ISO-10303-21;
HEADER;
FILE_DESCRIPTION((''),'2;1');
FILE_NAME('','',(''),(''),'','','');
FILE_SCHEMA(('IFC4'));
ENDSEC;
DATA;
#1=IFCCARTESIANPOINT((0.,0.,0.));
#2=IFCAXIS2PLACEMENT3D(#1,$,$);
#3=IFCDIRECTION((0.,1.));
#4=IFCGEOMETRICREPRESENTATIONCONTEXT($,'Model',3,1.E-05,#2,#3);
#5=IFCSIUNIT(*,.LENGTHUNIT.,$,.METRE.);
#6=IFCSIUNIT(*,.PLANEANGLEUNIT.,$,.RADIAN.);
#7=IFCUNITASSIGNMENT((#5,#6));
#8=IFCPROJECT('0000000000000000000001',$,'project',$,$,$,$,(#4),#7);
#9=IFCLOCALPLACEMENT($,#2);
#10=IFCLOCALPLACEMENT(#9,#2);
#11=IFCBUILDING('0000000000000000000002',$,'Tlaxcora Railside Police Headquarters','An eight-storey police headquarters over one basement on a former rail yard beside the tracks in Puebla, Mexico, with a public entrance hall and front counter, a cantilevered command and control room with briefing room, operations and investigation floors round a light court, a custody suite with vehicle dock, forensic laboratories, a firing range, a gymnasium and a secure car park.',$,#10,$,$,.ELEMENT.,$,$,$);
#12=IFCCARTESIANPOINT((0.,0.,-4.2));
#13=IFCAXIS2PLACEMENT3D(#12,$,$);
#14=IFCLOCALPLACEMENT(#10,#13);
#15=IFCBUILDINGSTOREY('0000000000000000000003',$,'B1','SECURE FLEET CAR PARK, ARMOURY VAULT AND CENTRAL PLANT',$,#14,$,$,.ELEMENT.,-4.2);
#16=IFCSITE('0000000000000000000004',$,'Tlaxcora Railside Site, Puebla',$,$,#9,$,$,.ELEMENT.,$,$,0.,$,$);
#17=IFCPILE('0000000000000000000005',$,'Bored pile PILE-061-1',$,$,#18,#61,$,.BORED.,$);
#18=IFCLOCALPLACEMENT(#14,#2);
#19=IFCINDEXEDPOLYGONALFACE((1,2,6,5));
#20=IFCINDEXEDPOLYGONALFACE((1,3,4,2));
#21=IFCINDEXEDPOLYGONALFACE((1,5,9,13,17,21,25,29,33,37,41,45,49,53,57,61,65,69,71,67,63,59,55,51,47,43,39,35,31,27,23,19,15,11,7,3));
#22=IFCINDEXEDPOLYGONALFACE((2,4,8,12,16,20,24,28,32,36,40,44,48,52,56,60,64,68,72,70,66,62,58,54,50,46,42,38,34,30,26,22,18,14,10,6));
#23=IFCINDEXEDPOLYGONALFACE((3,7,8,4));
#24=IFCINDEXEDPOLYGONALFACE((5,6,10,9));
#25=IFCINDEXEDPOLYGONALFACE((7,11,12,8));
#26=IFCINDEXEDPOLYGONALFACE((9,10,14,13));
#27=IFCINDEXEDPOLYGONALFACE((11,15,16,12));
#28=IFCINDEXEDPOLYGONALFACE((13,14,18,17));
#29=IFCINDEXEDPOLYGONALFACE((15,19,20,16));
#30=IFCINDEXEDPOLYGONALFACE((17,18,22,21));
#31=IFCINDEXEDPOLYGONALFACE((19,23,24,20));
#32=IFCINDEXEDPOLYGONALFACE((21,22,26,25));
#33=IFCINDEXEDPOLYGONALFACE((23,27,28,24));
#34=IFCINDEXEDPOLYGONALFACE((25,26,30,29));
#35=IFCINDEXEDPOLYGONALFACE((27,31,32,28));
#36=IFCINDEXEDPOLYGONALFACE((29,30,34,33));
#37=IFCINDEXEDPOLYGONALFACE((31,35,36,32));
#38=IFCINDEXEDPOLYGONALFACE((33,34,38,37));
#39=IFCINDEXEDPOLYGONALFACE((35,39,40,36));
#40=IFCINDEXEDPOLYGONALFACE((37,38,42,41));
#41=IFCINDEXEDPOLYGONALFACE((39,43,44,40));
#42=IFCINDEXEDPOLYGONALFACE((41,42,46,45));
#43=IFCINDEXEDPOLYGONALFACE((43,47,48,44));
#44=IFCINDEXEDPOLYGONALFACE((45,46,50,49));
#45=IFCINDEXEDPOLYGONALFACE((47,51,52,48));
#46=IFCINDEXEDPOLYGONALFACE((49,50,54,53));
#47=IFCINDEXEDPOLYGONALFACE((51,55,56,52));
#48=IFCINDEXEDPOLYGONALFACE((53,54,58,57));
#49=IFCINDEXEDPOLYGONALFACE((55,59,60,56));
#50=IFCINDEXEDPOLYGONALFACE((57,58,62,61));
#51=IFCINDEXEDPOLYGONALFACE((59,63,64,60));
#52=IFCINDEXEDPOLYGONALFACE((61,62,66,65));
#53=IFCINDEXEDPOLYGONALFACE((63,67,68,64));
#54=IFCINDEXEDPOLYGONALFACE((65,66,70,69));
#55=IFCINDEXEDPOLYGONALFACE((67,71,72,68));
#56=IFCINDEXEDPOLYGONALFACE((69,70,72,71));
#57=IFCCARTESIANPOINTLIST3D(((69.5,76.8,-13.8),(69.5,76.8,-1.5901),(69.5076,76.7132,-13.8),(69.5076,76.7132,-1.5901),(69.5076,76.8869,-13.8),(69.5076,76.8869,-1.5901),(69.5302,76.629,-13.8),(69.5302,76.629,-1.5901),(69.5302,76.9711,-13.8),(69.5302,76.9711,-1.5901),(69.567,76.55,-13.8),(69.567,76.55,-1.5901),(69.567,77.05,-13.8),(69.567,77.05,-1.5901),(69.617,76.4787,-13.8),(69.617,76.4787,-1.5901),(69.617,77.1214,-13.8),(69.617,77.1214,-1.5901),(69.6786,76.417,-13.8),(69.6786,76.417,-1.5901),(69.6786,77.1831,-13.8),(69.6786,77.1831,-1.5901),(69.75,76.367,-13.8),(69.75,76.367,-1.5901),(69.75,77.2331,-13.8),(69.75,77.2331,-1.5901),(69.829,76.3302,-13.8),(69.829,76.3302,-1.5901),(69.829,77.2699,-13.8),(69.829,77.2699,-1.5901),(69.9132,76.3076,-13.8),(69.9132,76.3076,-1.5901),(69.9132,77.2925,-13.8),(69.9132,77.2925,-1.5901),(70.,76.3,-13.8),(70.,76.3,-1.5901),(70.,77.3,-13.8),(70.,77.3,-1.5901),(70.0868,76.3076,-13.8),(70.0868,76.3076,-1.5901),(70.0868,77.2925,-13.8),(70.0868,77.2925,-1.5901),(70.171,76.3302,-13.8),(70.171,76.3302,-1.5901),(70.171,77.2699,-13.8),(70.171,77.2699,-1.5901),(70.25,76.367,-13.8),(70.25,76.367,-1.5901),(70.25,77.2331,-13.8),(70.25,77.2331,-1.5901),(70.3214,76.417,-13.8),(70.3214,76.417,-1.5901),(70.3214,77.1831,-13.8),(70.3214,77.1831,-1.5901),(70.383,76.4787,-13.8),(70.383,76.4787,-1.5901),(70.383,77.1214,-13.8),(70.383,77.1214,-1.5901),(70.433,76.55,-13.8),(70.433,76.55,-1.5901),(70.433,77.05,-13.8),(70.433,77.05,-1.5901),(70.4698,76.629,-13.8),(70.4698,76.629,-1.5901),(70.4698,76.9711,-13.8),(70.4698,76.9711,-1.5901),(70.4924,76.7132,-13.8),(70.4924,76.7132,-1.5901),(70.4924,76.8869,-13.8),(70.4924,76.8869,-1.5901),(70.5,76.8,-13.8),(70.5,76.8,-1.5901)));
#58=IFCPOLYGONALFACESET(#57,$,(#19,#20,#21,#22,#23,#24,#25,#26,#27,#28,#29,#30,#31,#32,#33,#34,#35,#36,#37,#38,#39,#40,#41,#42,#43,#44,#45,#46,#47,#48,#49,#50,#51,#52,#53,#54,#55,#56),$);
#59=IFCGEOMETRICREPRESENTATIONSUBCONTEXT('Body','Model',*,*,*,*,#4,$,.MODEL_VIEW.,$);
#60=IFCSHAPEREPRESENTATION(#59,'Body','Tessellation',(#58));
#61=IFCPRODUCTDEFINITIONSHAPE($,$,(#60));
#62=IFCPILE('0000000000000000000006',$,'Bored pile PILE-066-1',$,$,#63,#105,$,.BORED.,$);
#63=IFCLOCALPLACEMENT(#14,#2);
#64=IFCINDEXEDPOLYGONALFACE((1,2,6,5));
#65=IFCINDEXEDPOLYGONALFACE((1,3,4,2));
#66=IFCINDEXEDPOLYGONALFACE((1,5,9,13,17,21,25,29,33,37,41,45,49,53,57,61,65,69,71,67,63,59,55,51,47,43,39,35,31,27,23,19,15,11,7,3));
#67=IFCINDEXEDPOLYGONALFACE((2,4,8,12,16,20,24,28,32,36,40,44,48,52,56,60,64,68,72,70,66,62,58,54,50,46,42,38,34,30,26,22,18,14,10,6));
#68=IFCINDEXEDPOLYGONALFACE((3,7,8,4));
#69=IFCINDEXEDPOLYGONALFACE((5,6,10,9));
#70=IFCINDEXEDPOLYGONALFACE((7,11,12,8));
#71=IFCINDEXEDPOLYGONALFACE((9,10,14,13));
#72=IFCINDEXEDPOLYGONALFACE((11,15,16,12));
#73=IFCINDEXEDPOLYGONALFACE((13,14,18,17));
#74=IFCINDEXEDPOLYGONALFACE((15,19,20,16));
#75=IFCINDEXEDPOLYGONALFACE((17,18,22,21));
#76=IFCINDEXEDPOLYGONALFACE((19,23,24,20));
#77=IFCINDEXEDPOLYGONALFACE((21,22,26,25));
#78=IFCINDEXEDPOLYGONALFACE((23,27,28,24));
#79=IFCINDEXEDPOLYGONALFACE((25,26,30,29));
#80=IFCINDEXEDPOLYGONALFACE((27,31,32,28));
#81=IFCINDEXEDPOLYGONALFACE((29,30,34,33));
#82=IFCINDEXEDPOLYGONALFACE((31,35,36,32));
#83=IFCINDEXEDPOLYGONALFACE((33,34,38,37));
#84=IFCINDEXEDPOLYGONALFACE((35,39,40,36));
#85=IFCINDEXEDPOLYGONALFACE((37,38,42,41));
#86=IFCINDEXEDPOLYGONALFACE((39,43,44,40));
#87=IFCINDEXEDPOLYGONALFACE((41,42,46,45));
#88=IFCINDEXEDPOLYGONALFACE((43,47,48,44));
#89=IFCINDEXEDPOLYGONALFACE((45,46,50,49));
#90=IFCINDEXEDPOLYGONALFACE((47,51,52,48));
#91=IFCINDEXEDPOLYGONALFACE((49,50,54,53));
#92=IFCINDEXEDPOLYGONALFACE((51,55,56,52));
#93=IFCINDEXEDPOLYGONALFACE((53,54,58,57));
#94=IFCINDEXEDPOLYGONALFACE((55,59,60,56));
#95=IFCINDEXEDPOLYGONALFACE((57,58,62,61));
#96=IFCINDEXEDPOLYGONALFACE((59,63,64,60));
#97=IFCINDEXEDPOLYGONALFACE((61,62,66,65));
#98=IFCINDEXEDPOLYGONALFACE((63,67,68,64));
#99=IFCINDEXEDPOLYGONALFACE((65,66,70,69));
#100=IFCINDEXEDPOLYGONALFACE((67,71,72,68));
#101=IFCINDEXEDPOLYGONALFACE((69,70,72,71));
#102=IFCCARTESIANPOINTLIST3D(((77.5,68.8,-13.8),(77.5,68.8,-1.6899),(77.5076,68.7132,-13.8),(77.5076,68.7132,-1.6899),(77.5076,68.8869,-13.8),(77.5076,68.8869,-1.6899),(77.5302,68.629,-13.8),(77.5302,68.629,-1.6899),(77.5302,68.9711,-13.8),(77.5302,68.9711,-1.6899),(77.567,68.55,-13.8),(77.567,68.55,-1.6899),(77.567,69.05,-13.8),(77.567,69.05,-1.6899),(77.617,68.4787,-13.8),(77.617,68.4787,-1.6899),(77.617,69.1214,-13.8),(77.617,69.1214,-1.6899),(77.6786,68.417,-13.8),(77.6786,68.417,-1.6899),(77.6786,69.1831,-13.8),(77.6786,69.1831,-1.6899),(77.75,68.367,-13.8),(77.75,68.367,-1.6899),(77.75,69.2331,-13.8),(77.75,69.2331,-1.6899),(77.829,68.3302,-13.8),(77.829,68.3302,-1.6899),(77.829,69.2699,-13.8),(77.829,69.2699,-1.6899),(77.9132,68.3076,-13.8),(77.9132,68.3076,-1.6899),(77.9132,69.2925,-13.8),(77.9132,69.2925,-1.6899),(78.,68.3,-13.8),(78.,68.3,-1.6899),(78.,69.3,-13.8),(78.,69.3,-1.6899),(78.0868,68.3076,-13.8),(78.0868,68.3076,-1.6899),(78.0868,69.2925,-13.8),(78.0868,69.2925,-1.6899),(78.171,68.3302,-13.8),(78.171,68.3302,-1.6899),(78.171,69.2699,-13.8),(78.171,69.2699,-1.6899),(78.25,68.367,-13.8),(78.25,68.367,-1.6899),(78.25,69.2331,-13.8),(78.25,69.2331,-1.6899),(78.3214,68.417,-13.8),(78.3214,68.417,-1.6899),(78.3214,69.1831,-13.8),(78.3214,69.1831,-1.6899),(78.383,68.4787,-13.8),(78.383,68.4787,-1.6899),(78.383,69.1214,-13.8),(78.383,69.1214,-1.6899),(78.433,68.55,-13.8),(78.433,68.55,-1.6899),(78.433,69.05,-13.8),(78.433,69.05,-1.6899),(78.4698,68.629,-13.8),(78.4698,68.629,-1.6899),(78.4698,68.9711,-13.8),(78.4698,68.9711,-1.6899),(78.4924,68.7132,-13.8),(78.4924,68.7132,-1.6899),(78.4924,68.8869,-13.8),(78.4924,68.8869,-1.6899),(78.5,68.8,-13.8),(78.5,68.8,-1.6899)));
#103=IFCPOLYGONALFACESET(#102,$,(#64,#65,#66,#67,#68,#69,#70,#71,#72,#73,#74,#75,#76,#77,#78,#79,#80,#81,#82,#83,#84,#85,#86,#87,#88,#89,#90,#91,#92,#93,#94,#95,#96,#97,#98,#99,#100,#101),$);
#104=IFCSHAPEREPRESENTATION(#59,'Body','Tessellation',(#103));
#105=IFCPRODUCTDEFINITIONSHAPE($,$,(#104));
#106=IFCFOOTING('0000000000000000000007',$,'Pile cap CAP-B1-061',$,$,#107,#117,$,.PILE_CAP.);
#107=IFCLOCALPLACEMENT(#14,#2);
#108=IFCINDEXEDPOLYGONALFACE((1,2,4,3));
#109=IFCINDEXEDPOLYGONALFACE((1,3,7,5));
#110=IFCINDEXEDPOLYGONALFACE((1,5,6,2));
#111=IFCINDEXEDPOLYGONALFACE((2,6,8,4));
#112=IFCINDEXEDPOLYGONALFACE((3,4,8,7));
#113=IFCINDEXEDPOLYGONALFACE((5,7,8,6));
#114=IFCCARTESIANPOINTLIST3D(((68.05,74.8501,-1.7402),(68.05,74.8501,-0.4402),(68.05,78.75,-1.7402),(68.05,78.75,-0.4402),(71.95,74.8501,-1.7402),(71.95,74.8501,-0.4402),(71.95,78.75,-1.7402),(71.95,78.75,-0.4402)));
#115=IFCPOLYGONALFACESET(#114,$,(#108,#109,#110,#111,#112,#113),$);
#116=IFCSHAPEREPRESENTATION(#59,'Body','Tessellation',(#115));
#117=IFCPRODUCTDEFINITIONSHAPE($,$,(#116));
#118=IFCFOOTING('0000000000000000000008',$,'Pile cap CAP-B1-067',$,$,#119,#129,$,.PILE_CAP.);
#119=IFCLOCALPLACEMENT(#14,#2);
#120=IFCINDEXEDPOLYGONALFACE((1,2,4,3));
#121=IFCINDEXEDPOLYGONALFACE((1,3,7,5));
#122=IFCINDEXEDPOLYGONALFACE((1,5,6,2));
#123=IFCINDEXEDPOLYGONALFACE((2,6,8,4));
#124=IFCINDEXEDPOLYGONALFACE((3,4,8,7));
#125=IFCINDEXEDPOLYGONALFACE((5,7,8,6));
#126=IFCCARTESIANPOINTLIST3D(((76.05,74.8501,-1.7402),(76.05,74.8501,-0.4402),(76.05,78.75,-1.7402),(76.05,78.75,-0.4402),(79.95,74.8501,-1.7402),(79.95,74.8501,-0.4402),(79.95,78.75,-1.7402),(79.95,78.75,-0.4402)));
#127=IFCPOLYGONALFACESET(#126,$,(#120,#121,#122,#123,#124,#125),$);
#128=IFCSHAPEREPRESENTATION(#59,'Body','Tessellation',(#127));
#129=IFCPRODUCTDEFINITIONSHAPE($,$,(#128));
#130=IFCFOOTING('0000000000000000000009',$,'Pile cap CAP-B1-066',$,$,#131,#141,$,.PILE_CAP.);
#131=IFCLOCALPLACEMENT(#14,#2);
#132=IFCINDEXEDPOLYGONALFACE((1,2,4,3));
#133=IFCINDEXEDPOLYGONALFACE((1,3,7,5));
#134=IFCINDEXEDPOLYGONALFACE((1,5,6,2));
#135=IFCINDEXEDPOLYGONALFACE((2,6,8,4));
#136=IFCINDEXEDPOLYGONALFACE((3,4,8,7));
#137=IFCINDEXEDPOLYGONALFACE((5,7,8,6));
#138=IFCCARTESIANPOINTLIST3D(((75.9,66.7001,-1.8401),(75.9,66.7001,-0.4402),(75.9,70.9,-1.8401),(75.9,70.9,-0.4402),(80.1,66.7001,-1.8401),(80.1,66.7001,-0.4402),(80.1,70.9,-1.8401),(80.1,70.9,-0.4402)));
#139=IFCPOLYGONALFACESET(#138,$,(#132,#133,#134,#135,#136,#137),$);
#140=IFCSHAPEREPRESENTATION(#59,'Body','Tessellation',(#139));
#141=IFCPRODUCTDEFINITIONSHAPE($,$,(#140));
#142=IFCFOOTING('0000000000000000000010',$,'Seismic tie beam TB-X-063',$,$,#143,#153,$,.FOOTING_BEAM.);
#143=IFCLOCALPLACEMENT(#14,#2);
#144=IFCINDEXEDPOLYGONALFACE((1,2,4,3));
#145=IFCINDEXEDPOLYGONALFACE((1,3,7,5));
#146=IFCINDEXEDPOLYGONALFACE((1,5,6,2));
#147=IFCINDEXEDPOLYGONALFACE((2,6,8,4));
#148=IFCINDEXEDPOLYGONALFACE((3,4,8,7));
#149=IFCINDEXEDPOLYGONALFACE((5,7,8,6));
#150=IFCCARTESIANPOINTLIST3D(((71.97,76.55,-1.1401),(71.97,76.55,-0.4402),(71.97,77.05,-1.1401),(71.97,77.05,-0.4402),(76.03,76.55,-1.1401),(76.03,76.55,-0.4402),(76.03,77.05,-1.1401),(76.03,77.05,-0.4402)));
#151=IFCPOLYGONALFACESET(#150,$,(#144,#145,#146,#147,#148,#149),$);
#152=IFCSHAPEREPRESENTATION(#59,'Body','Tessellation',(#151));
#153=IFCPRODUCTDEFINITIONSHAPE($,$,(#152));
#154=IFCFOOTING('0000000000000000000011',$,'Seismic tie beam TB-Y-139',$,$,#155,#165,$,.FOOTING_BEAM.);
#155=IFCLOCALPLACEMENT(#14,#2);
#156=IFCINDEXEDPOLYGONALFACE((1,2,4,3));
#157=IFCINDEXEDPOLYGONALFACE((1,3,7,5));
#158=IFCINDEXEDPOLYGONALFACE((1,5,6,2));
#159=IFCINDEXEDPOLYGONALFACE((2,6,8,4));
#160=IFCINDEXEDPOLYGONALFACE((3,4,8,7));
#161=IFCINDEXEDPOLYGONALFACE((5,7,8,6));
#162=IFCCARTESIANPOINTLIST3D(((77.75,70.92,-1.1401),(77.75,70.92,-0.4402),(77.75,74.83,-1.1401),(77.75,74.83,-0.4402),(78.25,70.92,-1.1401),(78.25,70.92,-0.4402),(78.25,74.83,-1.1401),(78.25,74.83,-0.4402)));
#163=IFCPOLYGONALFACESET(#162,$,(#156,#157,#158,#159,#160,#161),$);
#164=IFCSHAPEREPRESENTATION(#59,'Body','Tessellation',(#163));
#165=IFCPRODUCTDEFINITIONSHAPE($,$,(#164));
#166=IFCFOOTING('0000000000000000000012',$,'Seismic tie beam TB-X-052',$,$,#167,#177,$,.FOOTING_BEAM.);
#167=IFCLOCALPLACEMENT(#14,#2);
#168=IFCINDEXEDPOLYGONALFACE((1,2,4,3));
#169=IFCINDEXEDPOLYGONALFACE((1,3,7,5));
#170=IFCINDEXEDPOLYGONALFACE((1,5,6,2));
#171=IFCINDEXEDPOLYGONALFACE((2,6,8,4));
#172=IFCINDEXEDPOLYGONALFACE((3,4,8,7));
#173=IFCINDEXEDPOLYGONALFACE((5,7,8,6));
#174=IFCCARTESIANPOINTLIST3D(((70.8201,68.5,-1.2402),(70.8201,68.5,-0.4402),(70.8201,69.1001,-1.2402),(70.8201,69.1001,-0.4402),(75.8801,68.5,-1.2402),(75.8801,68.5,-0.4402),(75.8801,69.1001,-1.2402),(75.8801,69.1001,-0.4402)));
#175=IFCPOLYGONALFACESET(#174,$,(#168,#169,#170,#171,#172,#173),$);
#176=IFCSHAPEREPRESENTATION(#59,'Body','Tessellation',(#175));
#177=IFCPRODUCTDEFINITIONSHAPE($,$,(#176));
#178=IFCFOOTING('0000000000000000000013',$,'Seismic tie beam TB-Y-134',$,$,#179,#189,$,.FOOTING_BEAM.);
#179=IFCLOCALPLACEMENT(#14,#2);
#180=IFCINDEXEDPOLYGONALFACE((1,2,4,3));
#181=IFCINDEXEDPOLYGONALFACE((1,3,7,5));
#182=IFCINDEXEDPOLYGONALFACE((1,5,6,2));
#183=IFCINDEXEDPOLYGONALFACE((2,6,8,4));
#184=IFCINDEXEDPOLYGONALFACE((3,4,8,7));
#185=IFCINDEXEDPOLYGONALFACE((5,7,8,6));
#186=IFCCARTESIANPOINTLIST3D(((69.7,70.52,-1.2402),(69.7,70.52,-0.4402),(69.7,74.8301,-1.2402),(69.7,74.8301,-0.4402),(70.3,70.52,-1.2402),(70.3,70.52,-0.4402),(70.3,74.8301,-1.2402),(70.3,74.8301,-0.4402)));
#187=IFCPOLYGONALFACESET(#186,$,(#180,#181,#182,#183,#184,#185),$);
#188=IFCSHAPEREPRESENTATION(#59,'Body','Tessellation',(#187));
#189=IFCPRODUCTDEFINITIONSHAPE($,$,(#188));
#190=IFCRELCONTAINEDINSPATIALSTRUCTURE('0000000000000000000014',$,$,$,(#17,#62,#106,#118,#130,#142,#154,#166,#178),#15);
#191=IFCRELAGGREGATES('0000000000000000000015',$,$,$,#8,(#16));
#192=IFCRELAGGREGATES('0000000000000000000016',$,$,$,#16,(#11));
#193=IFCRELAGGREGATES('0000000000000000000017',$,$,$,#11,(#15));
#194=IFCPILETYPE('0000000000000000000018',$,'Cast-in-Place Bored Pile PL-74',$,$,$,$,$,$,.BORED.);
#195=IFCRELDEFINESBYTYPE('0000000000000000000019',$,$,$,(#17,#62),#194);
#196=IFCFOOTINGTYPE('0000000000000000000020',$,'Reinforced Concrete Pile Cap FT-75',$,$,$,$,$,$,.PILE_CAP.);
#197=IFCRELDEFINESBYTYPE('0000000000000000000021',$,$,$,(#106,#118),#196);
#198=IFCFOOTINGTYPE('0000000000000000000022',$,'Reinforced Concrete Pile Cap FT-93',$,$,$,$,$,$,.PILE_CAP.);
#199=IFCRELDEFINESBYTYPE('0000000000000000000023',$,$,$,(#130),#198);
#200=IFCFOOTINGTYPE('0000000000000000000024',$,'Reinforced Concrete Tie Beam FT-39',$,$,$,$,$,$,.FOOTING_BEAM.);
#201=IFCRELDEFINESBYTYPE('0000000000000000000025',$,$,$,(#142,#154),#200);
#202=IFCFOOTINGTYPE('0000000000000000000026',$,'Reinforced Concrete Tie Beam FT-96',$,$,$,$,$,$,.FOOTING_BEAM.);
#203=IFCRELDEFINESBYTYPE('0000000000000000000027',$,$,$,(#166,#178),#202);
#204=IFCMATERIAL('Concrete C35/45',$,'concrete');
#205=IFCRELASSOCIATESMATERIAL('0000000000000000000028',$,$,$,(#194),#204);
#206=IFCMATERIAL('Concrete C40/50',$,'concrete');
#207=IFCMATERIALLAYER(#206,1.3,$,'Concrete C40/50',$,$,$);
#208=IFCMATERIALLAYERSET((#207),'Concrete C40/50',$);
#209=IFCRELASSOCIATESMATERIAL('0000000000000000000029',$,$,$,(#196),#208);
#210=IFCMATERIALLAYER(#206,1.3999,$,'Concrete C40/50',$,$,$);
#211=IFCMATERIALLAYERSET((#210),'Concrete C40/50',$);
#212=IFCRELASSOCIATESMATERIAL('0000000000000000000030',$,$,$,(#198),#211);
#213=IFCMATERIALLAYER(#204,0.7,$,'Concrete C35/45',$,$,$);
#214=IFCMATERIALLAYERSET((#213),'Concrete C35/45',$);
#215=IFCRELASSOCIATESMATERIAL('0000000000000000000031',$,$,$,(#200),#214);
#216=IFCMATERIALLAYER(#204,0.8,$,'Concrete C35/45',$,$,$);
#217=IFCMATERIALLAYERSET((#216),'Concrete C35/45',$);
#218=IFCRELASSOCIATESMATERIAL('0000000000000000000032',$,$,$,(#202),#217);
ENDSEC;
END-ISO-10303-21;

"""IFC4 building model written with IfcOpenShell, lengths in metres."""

from ifc_helpers import new_model, si_unit, direction, frame, origin, origin_2d, place, context, subcontext, project, spatial, rectangle, circle, extrude, material, layer, layer_set, material_profile, profile_set, type_object, element, save


model = new_model("IFC4")

# Units and contexts
model_context = context("Model", 3, precision=1e-05, world=origin(), true_north=direction((0.0, 1.0)))
body_context = subcontext(model_context, "Body", "Model", "MODEL_VIEW")
ifc_project = project(units=[si_unit("LENGTHUNIT", "METRE"), si_unit("PLANEANGLEUNIT", "RADIAN")], contexts=[model_context])

# Site, building, storey
site_placement = place(None, origin())
site = spatial("IfcSite", under=ifc_project, at=site_placement, Name="Tlaxcora Railside Site, Puebla", CompositionType="ELEMENT", RefElevation=0.0)
building_placement = place(site_placement, origin())
building = spatial("IfcBuilding", under=site, at=building_placement, Name="Tlaxcora Railside Police Headquarters", Description="An eight-storey police headquarters over one basement on a former rail yard beside the tracks in Puebla, Mexico, with a public entrance hall and front counter, a cantilevered command and control room with briefing room, operations and investigation floors round a light court, a custody suite with vehicle dock, forensic laboratories, a firing range, a gymnasium and a secure car park.", CompositionType="ELEMENT")
storey_placement = place(building_placement, frame((0.0, 0.0, -4.2)))
storey = spatial("IfcBuildingStorey", under=building, at=storey_placement, Name="B1", Description="SECURE FLEET CAR PARK, ARMOURY VAULT AND CENTRAL PLANT", CompositionType="ELEMENT", Elevation=-4.2)

# Piles
ifc_material_1 = material(Name="Concrete C35/45", Category="concrete")
ifc_material_profile_1 = material_profile(ifc_material_1, circle(Radius=0.5, at=origin_2d()), Name="PILE1000")
ifc_profile_set_1 = profile_set([ifc_material_profile_1], Name="Concrete C35/45")
pile_type = type_object("IfcPileType", Name="Cast-in-Place Bored Pile PL-74", PredefinedType="BORED", material=ifc_profile_set_1)
pile_1_placement = place(storey_placement, frame((70.0, 76.8, -1.5901), z_axis=(0.0, 0.0, -1.0), x_axis=(1.0, 0.0, 0.0)))
element("IfcPile", 1, at=pile_1_placement, inside=storey, type_object=pile_type, Name="Bored pile PILE-061-1", PredefinedType="BORED", context=body_context, shape_type="SweptSolid", body=[
    extrude(circle(Radius=0.5, at=origin_2d()), origin(), (0.0, 0.0, 1.0), 12.21),
])
pile_2_placement = place(storey_placement, frame((78.0, 68.8, -1.6899), z_axis=(0.0, 0.0, -1.0), x_axis=(1.0, 0.0, 0.0)))
element("IfcPile", 2, at=pile_2_placement, inside=storey, type_object=pile_type, Name="Bored pile PILE-066-1", PredefinedType="BORED", context=body_context, shape_type="SweptSolid", body=[
    extrude(circle(Radius=0.5, at=origin_2d()), origin(), (0.0, 0.0, 1.0), 12.1101),
])

# Footings
ifc_material_2 = material(Name="Concrete C40/50", Category="concrete")
ifc_layer_1 = layer(ifc_material_2, 1.3, Name="Concrete C40/50")
ifc_layer_set_1 = layer_set([ifc_layer_1], Name="Concrete C40/50")
footing_type_1 = type_object("IfcFootingType", Name="Reinforced Concrete Pile Cap FT-75", PredefinedType="PILE_CAP", material=ifc_layer_set_1)
for number, where, z_axis, x_axis, name in (
    (3, (70.0, 76.8, -1.7402), (0.0, 0.0, 1.0), (1.0, 0.0, 0.0), "Pile cap CAP-B1-061"),
    (4, (78.0, 76.8, -1.7402), (0.0, 0.0, 1.0), (1.0, 0.0, 0.0), "Pile cap CAP-B1-067"),
):
    element("IfcFooting", number, at=place(storey_placement, frame(where, z_axis=z_axis, x_axis=x_axis)), inside=storey, type_object=footing_type_1, Name=name, PredefinedType="PILE_CAP", context=body_context, shape_type="SweptSolid", body=[
        extrude(rectangle(XDim=3.8999, YDim=3.8999, at=origin_2d()), origin(), (0.0, 0.0, 1.0), 1.3),
    ])
ifc_layer_2 = layer(ifc_material_2, 1.3999, Name="Concrete C40/50")
ifc_layer_set_2 = layer_set([ifc_layer_2], Name="Concrete C40/50")
footing_type_2 = type_object("IfcFootingType", Name="Reinforced Concrete Pile Cap FT-93", PredefinedType="PILE_CAP", material=ifc_layer_set_2)
footing_1_placement = place(storey_placement, frame((78.0, 68.8, -1.8401), z_axis=(0.0, 0.0, 1.0), x_axis=(1.0, 0.0, 0.0)))
element("IfcFooting", 5, at=footing_1_placement, inside=storey, type_object=footing_type_2, Name="Pile cap CAP-B1-066", PredefinedType="PILE_CAP", context=body_context, shape_type="SweptSolid", body=[
    extrude(rectangle(XDim=4.2, YDim=4.2, at=origin_2d()), origin(), (0.0, 0.0, 1.0), 1.3999),
])
ifc_layer_3 = layer(ifc_material_1, 0.7, Name="Concrete C35/45")
ifc_layer_set_3 = layer_set([ifc_layer_3], Name="Concrete C35/45")
footing_type_3 = type_object("IfcFootingType", Name="Reinforced Concrete Tie Beam FT-39", PredefinedType="FOOTING_BEAM", material=ifc_layer_set_3)
footing_2_placement = place(storey_placement, frame((74.0, 76.8, -1.1401), z_axis=(0.0, 0.0, 1.0), x_axis=(1.0, 0.0, 0.0)))
element("IfcFooting", 6, at=footing_2_placement, inside=storey, type_object=footing_type_3, Name="Seismic tie beam TB-X-063", PredefinedType="FOOTING_BEAM", context=body_context, shape_type="SweptSolid", body=[
    extrude(rectangle(XDim=4.0601, YDim=0.5, at=origin_2d()), origin(), (0.0, 0.0, 1.0), 0.7),
])
footing_3_placement = place(storey_placement, frame((78.0, 72.875, -1.1401), z_axis=(0.0, 0.0, 1.0), x_axis=(0.0, 1.0, 0.0)))
element("IfcFooting", 7, at=footing_3_placement, inside=storey, type_object=footing_type_3, Name="Seismic tie beam TB-Y-139", PredefinedType="FOOTING_BEAM", context=body_context, shape_type="SweptSolid", body=[
    extrude(rectangle(XDim=3.9099, YDim=0.5, at=origin_2d()), origin(), (0.0, 0.0, 1.0), 0.7),
])
ifc_layer_4 = layer(ifc_material_1, 0.8, Name="Concrete C35/45")
ifc_layer_set_4 = layer_set([ifc_layer_4], Name="Concrete C35/45")
footing_type_4 = type_object("IfcFootingType", Name="Reinforced Concrete Tie Beam FT-96", PredefinedType="FOOTING_BEAM", material=ifc_layer_set_4)
footing_4_placement = place(storey_placement, frame((73.3501, 68.8, -1.2402), z_axis=(0.0, 0.0, 1.0), x_axis=(1.0, 0.0, 0.0)))
element("IfcFooting", 8, at=footing_4_placement, inside=storey, type_object=footing_type_4, Name="Seismic tie beam TB-X-052", PredefinedType="FOOTING_BEAM", context=body_context, shape_type="SweptSolid", body=[
    extrude(rectangle(XDim=5.0601, YDim=0.6001, at=origin_2d()), origin(), (0.0, 0.0, 1.0), 0.8),
])
footing_5_placement = place(storey_placement, frame((70.0, 72.675, -1.2402), z_axis=(0.0, 0.0, 1.0), x_axis=(0.0, 1.0, 0.0)))
element("IfcFooting", 9, at=footing_5_placement, inside=storey, type_object=footing_type_4, Name="Seismic tie beam TB-Y-134", PredefinedType="FOOTING_BEAM", context=body_context, shape_type="SweptSolid", body=[
    extrude(rectangle(XDim=4.3101, YDim=0.6001, at=origin_2d()), origin(), (0.0, 0.0, 1.0), 0.8),
])

save(model, "model.ifc")
